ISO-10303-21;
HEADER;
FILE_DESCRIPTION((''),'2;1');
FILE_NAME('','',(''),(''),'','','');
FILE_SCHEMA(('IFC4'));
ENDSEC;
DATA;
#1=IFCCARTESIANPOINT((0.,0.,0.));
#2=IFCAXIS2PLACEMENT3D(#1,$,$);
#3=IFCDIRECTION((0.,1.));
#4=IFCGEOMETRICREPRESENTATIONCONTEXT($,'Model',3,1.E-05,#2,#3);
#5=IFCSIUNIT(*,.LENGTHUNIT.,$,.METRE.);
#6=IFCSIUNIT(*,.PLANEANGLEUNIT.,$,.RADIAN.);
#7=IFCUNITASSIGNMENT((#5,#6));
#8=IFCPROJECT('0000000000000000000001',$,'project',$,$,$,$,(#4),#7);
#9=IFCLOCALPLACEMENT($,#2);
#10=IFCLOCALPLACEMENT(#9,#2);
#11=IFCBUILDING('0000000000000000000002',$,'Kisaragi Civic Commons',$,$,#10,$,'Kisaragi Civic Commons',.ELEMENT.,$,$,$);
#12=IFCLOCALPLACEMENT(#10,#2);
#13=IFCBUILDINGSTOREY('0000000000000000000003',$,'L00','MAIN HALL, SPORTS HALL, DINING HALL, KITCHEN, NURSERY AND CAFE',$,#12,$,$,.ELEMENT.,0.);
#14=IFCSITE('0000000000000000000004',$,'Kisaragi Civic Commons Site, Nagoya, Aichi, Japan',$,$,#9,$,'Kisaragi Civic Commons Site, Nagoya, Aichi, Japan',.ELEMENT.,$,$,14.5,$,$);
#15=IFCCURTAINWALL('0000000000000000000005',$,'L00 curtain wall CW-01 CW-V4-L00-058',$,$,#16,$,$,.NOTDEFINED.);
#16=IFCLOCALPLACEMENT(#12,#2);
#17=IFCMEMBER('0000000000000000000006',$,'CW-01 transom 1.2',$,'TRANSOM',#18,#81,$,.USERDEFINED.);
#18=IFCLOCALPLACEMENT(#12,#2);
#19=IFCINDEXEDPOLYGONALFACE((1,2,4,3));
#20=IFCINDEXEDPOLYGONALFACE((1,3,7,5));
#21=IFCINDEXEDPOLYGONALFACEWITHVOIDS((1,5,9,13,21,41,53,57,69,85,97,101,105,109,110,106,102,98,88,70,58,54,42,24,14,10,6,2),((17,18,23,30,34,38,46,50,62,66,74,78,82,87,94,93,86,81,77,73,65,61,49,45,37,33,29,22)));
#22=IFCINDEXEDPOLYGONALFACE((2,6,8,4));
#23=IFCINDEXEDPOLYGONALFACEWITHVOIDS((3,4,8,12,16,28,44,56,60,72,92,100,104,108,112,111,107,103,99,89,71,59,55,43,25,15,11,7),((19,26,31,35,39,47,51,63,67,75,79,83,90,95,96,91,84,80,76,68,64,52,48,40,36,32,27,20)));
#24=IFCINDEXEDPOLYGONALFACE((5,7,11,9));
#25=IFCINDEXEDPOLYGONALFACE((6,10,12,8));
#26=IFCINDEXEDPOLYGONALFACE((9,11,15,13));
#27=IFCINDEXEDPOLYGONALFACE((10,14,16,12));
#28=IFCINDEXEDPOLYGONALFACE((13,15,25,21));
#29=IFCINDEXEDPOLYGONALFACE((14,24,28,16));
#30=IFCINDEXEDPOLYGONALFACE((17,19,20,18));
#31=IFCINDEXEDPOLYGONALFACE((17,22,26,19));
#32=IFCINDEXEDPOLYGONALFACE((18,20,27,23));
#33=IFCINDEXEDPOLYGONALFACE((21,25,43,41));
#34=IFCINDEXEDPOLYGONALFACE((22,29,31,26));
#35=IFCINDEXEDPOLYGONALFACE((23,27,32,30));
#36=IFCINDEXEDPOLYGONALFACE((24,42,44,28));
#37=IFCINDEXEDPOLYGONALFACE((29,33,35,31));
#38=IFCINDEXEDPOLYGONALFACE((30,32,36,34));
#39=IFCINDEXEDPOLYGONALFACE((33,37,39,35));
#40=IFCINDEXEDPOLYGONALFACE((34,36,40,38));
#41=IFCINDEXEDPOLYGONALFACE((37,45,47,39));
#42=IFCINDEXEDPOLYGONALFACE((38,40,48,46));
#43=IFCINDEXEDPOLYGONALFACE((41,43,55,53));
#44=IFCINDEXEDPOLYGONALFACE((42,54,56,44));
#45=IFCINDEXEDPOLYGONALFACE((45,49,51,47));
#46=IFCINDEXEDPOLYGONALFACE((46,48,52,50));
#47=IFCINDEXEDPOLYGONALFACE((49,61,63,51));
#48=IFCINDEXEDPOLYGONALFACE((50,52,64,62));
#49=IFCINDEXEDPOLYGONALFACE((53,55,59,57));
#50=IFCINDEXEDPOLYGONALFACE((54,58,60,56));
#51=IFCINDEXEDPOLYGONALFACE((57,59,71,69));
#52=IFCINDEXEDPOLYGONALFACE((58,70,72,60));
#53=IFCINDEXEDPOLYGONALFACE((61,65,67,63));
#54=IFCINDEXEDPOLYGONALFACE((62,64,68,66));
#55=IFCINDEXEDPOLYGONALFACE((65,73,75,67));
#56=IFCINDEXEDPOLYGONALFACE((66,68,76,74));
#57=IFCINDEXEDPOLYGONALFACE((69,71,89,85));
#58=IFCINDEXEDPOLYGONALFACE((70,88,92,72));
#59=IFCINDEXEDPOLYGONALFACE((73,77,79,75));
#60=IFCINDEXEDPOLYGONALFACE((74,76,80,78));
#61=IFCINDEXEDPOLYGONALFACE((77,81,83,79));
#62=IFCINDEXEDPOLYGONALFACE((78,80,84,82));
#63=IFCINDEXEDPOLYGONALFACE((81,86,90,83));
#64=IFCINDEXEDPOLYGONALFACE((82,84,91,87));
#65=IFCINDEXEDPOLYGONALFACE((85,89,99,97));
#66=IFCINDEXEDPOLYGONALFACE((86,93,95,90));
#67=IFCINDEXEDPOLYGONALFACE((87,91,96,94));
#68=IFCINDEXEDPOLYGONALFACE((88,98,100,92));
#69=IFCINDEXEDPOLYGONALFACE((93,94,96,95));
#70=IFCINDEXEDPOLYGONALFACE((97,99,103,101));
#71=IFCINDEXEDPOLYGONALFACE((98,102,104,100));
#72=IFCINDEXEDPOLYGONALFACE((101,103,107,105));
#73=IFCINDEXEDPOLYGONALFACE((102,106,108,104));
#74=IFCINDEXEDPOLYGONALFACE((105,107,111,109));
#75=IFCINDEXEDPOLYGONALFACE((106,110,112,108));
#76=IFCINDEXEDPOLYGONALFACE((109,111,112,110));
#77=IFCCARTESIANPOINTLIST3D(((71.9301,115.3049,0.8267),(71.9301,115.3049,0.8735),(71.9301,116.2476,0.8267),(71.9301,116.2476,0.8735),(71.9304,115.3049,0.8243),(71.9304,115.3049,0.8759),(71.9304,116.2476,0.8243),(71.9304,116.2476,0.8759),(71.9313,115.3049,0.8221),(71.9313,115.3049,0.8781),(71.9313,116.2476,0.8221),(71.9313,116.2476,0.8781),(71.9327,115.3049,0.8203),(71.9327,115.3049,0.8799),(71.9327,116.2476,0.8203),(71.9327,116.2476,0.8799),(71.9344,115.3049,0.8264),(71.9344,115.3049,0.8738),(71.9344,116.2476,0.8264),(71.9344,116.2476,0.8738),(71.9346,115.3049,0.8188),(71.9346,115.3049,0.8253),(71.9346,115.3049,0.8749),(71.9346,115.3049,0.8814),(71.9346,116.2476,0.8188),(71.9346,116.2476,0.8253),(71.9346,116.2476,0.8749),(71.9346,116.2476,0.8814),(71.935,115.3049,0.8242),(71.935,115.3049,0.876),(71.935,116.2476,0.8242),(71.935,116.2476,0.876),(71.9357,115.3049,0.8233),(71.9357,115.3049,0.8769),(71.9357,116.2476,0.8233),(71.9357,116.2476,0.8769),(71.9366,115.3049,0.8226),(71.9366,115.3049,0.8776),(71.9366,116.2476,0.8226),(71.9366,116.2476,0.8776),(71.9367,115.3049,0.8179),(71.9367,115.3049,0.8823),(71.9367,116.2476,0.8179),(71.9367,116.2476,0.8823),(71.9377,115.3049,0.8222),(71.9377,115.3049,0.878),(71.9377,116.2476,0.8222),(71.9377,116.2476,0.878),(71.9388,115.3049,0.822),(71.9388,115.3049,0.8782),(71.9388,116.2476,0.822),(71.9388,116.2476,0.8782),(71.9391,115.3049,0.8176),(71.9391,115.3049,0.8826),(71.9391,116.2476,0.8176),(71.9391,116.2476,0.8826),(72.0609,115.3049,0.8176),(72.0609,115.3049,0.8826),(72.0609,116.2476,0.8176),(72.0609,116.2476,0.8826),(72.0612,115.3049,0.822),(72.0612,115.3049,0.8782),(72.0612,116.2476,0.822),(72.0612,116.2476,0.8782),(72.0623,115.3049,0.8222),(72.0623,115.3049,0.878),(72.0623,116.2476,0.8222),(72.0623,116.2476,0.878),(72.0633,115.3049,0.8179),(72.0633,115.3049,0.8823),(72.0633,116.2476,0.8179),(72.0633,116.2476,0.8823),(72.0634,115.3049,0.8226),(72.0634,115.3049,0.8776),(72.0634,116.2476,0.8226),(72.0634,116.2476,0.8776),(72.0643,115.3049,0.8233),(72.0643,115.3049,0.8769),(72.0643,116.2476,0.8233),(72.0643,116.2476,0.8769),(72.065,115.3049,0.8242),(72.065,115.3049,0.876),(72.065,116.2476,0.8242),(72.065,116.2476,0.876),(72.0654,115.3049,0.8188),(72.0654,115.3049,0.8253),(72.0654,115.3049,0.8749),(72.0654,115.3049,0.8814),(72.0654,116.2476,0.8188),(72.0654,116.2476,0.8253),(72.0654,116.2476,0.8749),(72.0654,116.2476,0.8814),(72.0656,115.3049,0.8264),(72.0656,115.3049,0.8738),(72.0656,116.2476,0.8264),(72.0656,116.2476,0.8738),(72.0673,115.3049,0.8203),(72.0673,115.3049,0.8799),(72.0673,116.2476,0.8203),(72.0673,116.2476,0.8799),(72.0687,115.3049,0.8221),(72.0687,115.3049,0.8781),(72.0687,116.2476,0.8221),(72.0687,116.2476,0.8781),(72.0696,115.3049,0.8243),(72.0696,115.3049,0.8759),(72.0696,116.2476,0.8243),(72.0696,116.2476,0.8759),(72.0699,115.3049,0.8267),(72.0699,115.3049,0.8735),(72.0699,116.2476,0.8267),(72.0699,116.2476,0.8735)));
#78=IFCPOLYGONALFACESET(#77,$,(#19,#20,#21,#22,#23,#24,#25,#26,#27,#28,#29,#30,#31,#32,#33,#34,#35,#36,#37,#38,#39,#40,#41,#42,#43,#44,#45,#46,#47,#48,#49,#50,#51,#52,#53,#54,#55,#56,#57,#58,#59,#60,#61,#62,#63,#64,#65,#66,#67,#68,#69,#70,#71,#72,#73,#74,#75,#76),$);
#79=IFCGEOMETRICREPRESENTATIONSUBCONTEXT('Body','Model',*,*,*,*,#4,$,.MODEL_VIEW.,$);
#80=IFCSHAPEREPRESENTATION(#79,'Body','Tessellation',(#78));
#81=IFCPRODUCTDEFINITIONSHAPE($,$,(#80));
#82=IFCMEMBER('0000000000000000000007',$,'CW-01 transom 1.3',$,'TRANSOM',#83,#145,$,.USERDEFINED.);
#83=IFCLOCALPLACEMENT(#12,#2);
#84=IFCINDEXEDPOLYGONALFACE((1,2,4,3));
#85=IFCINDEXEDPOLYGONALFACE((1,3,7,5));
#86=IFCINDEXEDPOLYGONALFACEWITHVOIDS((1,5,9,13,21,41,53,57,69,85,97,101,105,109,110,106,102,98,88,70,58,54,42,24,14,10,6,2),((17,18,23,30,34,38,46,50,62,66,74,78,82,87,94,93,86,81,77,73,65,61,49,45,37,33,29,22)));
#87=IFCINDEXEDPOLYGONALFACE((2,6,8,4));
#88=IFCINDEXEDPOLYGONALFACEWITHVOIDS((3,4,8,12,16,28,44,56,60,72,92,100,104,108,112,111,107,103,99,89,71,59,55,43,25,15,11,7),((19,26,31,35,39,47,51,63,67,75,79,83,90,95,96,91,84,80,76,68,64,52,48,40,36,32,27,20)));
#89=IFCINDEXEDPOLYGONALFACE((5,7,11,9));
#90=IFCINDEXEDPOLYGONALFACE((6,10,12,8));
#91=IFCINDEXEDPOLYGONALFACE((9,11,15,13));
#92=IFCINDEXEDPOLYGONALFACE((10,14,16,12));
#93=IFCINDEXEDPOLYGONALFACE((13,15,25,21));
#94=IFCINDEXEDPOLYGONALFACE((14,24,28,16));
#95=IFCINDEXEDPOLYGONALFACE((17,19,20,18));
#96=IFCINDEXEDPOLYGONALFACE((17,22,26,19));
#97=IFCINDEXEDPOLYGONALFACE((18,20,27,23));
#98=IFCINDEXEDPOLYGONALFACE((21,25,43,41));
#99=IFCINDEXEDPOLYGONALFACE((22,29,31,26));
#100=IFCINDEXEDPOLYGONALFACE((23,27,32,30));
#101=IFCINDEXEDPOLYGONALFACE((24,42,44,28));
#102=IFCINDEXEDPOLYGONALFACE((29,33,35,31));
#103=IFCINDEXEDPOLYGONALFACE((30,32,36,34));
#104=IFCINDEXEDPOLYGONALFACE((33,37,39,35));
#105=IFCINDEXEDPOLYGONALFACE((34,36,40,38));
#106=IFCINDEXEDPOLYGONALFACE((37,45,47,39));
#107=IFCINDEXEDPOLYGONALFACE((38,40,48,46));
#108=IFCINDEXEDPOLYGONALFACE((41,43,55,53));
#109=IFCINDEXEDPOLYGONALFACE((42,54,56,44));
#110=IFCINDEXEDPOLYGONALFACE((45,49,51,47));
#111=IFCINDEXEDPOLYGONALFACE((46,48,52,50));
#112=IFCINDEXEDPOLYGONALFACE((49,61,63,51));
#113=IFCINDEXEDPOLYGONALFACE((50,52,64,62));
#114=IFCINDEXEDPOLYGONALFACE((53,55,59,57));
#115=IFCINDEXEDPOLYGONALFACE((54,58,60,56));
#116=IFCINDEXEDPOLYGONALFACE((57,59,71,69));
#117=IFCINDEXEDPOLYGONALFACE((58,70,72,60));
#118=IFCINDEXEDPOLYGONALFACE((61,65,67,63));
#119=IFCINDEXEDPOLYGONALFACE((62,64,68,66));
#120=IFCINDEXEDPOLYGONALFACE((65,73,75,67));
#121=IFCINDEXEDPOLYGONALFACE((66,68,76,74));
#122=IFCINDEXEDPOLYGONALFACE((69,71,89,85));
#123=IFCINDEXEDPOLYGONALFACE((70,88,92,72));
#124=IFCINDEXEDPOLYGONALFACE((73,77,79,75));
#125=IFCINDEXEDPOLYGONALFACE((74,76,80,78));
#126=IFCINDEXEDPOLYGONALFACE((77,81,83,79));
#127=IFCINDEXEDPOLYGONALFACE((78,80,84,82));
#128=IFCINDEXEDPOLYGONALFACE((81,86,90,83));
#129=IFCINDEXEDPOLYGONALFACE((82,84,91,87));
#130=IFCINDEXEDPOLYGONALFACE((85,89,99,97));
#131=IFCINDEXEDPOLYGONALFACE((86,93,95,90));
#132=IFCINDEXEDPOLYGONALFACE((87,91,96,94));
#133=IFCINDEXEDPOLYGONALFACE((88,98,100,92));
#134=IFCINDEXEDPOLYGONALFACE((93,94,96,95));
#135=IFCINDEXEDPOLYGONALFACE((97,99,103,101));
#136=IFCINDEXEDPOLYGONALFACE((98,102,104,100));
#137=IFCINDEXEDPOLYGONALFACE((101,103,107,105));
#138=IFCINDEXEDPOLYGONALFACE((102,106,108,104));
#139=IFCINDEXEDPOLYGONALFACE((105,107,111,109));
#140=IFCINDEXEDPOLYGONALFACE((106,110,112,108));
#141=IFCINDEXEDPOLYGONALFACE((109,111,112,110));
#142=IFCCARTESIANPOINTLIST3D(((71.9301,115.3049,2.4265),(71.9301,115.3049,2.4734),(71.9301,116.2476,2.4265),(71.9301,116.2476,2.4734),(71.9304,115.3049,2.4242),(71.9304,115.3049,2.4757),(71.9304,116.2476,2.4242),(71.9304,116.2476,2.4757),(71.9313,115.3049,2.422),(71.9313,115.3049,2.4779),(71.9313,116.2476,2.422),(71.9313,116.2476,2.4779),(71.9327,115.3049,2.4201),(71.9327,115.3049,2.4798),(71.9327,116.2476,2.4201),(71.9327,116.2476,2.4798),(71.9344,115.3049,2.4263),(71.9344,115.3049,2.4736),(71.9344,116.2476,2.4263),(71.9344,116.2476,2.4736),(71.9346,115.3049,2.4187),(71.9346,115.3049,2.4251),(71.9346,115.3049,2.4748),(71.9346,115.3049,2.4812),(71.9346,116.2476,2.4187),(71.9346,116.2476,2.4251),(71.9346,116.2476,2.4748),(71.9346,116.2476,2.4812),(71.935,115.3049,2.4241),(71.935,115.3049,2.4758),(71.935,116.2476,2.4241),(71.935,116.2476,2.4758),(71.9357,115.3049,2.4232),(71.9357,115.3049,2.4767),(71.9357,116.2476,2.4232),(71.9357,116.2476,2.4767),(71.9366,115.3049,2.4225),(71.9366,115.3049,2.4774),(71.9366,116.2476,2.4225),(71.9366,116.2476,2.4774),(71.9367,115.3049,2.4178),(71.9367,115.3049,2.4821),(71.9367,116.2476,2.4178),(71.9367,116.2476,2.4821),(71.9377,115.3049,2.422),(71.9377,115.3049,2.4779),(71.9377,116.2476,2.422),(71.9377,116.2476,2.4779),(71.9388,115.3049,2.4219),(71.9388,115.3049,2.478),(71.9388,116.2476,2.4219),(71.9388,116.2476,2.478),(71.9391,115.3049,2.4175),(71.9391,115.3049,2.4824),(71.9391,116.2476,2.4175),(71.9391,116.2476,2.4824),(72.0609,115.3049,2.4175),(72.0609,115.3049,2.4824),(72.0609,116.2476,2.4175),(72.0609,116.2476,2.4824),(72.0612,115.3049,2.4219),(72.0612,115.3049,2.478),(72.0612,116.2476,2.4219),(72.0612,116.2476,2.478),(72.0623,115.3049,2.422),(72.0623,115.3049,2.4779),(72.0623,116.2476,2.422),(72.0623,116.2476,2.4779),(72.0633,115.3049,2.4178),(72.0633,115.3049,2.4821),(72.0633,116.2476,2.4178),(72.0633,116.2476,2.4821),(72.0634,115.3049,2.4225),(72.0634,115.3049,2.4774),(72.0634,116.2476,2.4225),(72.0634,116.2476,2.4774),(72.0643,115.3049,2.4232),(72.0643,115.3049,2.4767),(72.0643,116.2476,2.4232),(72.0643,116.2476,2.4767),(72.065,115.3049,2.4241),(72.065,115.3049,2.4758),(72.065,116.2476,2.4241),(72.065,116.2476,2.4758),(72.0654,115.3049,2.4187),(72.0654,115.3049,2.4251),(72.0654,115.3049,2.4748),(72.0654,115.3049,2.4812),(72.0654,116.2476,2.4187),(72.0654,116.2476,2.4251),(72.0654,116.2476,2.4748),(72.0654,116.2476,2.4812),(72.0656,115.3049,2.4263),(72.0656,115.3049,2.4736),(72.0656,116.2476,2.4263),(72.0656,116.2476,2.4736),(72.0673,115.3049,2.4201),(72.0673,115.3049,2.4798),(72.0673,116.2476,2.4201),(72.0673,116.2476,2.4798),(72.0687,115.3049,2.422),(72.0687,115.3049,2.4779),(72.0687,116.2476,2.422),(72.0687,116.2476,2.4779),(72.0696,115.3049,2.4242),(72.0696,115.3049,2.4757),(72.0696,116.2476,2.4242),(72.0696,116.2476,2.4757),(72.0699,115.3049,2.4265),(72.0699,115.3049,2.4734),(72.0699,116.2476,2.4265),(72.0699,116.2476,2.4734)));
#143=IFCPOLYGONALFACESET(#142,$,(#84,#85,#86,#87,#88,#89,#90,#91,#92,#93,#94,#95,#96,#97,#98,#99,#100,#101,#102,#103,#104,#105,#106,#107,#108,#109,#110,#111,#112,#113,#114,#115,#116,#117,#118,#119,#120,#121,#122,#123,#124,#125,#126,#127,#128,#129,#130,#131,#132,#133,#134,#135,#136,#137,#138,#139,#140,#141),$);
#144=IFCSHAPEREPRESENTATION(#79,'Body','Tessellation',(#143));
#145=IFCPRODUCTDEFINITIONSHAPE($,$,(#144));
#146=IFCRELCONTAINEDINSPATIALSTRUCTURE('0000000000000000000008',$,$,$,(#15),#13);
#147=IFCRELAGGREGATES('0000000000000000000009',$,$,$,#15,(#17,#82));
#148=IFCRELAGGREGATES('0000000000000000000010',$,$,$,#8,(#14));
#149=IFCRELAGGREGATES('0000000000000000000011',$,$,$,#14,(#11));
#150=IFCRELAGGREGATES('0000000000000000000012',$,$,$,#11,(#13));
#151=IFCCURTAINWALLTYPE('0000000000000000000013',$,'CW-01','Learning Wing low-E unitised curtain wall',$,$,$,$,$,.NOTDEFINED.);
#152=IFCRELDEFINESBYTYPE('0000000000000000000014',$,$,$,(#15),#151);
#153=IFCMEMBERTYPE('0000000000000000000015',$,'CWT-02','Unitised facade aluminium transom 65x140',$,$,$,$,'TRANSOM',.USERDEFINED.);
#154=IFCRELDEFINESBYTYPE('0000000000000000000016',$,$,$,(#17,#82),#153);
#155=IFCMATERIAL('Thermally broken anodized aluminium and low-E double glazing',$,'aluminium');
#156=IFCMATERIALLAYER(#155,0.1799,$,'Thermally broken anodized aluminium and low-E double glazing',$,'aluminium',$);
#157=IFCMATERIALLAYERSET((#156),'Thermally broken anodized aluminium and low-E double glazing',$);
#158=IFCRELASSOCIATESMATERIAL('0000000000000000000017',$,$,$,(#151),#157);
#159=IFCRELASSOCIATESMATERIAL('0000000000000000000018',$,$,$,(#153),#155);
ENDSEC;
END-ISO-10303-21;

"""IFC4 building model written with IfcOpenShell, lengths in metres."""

from ifc_helpers import new_model, si_unit, direction, frame, origin, origin_2d, place, context, subcontext, project, spatial, hollow_rectangle, extrude, material, layer, layer_set, material_profile, profile_set, type_object, element, aggregate, save


model = new_model("IFC4")

# Units and contexts
model_context = context("Model", 3, precision=1e-05, world=origin(), true_north=direction((0.0, 1.0)))
body_context = subcontext(model_context, "Body", "Model", "MODEL_VIEW")
ifc_project = project(units=[si_unit("LENGTHUNIT", "METRE"), si_unit("PLANEANGLEUNIT", "RADIAN")], contexts=[model_context])

# Site, building, storey
site_placement = place(None, origin())
site = spatial("IfcSite", under=ifc_project, at=site_placement, Name="Kisaragi Civic Commons Site, Nagoya, Aichi, Japan", LongName="Kisaragi Civic Commons Site, Nagoya, Aichi, Japan", CompositionType="ELEMENT", RefElevation=14.5)
building_placement = place(site_placement, origin())
building = spatial("IfcBuilding", under=site, at=building_placement, Name="Kisaragi Civic Commons", LongName="Kisaragi Civic Commons", CompositionType="ELEMENT")
storey_placement = place(building_placement, origin())
storey = spatial("IfcBuildingStorey", under=building, at=storey_placement, Name="L00", Description="MAIN HALL, SPORTS HALL, DINING HALL, KITCHEN, NURSERY AND CAFE", CompositionType="ELEMENT", Elevation=0.0)

# Shared definitions
ifc_material_1 = material(Name="Thermally broken anodized aluminium and low-E double glazing", Category="aluminium")
ifc_layer_1 = layer(ifc_material_1, 0.1799, Name="Thermally broken anodized aluminium and low-E double glazing", Category="aluminium")
ifc_layer_set_1 = layer_set([ifc_layer_1], Name="Thermally broken anodized aluminium and low-E double glazing")
curtain_wall_type = type_object("IfcCurtainWallType", Name="CW-01", Description="Learning Wing low-E unitised curtain wall", PredefinedType="NOTDEFINED", material=ifc_layer_set_1)

# Curtain wall, members
curtain_wall_1_placement = place(storey_placement, origin())
curtain_wall_1 = element("IfcCurtainWall", 1, at=curtain_wall_1_placement, inside=storey, type_object=curtain_wall_type, Name="L00 curtain wall CW-01 CW-V4-L00-058", PredefinedType="NOTDEFINED")
ifc_material_profile_1 = material_profile(ifc_material_1, hollow_rectangle(XDim=0.1399, YDim=0.0649, WallThickness=0.0044, InnerFilletRadius=0.0044, OuterFilletRadius=0.009, at=origin_2d()), Name="CWT-65x140x4.5", Category="aluminium")
ifc_profile_set_1 = profile_set([ifc_material_profile_1], Name="Thermally broken anodized aluminium and low-E double glazing")
member_type_1 = type_object("IfcMemberType", Name="CWT-02", Description="Unitised facade aluminium transom 65x140", ElementType="TRANSOM", PredefinedType="USERDEFINED", material=ifc_profile_set_1)
member_1_placement = place(storey_placement, frame((72.0, 115.3049, 0.8501), z_axis=(0.0, 1.0, 0.0), x_axis=(-1.0, 0.0, 0.0)))
member_1 = element("IfcMember", 2, at=member_1_placement, type_object=member_type_1, Name="CW-01 transom 1.2", ObjectType="TRANSOM", PredefinedType="USERDEFINED", context=body_context, shape_type="SweptSolid", body=[
    extrude(hollow_rectangle(XDim=0.1399, YDim=0.0649, WallThickness=0.0044, InnerFilletRadius=0.0044, OuterFilletRadius=0.009, at=origin_2d()), origin(), (0.0, 0.0, 1.0), 0.9426),
])
member_2_placement = place(storey_placement, frame((72.0, 115.3049, 2.45), z_axis=(0.0, 1.0, 0.0), x_axis=(-1.0, 0.0, 0.0)))
member_2 = element("IfcMember", 3, at=member_2_placement, type_object=member_type_1, Name="CW-01 transom 1.3", ObjectType="TRANSOM", PredefinedType="USERDEFINED", context=body_context, shape_type="SweptSolid", body=[
    extrude(hollow_rectangle(XDim=0.1399, YDim=0.0649, WallThickness=0.0044, InnerFilletRadius=0.0044, OuterFilletRadius=0.009, at=origin_2d()), origin(), (0.0, 0.0, 1.0), 0.9426),
])

aggregate(curtain_wall_1, [member_1, member_2])

save(model, "model.ifc")
